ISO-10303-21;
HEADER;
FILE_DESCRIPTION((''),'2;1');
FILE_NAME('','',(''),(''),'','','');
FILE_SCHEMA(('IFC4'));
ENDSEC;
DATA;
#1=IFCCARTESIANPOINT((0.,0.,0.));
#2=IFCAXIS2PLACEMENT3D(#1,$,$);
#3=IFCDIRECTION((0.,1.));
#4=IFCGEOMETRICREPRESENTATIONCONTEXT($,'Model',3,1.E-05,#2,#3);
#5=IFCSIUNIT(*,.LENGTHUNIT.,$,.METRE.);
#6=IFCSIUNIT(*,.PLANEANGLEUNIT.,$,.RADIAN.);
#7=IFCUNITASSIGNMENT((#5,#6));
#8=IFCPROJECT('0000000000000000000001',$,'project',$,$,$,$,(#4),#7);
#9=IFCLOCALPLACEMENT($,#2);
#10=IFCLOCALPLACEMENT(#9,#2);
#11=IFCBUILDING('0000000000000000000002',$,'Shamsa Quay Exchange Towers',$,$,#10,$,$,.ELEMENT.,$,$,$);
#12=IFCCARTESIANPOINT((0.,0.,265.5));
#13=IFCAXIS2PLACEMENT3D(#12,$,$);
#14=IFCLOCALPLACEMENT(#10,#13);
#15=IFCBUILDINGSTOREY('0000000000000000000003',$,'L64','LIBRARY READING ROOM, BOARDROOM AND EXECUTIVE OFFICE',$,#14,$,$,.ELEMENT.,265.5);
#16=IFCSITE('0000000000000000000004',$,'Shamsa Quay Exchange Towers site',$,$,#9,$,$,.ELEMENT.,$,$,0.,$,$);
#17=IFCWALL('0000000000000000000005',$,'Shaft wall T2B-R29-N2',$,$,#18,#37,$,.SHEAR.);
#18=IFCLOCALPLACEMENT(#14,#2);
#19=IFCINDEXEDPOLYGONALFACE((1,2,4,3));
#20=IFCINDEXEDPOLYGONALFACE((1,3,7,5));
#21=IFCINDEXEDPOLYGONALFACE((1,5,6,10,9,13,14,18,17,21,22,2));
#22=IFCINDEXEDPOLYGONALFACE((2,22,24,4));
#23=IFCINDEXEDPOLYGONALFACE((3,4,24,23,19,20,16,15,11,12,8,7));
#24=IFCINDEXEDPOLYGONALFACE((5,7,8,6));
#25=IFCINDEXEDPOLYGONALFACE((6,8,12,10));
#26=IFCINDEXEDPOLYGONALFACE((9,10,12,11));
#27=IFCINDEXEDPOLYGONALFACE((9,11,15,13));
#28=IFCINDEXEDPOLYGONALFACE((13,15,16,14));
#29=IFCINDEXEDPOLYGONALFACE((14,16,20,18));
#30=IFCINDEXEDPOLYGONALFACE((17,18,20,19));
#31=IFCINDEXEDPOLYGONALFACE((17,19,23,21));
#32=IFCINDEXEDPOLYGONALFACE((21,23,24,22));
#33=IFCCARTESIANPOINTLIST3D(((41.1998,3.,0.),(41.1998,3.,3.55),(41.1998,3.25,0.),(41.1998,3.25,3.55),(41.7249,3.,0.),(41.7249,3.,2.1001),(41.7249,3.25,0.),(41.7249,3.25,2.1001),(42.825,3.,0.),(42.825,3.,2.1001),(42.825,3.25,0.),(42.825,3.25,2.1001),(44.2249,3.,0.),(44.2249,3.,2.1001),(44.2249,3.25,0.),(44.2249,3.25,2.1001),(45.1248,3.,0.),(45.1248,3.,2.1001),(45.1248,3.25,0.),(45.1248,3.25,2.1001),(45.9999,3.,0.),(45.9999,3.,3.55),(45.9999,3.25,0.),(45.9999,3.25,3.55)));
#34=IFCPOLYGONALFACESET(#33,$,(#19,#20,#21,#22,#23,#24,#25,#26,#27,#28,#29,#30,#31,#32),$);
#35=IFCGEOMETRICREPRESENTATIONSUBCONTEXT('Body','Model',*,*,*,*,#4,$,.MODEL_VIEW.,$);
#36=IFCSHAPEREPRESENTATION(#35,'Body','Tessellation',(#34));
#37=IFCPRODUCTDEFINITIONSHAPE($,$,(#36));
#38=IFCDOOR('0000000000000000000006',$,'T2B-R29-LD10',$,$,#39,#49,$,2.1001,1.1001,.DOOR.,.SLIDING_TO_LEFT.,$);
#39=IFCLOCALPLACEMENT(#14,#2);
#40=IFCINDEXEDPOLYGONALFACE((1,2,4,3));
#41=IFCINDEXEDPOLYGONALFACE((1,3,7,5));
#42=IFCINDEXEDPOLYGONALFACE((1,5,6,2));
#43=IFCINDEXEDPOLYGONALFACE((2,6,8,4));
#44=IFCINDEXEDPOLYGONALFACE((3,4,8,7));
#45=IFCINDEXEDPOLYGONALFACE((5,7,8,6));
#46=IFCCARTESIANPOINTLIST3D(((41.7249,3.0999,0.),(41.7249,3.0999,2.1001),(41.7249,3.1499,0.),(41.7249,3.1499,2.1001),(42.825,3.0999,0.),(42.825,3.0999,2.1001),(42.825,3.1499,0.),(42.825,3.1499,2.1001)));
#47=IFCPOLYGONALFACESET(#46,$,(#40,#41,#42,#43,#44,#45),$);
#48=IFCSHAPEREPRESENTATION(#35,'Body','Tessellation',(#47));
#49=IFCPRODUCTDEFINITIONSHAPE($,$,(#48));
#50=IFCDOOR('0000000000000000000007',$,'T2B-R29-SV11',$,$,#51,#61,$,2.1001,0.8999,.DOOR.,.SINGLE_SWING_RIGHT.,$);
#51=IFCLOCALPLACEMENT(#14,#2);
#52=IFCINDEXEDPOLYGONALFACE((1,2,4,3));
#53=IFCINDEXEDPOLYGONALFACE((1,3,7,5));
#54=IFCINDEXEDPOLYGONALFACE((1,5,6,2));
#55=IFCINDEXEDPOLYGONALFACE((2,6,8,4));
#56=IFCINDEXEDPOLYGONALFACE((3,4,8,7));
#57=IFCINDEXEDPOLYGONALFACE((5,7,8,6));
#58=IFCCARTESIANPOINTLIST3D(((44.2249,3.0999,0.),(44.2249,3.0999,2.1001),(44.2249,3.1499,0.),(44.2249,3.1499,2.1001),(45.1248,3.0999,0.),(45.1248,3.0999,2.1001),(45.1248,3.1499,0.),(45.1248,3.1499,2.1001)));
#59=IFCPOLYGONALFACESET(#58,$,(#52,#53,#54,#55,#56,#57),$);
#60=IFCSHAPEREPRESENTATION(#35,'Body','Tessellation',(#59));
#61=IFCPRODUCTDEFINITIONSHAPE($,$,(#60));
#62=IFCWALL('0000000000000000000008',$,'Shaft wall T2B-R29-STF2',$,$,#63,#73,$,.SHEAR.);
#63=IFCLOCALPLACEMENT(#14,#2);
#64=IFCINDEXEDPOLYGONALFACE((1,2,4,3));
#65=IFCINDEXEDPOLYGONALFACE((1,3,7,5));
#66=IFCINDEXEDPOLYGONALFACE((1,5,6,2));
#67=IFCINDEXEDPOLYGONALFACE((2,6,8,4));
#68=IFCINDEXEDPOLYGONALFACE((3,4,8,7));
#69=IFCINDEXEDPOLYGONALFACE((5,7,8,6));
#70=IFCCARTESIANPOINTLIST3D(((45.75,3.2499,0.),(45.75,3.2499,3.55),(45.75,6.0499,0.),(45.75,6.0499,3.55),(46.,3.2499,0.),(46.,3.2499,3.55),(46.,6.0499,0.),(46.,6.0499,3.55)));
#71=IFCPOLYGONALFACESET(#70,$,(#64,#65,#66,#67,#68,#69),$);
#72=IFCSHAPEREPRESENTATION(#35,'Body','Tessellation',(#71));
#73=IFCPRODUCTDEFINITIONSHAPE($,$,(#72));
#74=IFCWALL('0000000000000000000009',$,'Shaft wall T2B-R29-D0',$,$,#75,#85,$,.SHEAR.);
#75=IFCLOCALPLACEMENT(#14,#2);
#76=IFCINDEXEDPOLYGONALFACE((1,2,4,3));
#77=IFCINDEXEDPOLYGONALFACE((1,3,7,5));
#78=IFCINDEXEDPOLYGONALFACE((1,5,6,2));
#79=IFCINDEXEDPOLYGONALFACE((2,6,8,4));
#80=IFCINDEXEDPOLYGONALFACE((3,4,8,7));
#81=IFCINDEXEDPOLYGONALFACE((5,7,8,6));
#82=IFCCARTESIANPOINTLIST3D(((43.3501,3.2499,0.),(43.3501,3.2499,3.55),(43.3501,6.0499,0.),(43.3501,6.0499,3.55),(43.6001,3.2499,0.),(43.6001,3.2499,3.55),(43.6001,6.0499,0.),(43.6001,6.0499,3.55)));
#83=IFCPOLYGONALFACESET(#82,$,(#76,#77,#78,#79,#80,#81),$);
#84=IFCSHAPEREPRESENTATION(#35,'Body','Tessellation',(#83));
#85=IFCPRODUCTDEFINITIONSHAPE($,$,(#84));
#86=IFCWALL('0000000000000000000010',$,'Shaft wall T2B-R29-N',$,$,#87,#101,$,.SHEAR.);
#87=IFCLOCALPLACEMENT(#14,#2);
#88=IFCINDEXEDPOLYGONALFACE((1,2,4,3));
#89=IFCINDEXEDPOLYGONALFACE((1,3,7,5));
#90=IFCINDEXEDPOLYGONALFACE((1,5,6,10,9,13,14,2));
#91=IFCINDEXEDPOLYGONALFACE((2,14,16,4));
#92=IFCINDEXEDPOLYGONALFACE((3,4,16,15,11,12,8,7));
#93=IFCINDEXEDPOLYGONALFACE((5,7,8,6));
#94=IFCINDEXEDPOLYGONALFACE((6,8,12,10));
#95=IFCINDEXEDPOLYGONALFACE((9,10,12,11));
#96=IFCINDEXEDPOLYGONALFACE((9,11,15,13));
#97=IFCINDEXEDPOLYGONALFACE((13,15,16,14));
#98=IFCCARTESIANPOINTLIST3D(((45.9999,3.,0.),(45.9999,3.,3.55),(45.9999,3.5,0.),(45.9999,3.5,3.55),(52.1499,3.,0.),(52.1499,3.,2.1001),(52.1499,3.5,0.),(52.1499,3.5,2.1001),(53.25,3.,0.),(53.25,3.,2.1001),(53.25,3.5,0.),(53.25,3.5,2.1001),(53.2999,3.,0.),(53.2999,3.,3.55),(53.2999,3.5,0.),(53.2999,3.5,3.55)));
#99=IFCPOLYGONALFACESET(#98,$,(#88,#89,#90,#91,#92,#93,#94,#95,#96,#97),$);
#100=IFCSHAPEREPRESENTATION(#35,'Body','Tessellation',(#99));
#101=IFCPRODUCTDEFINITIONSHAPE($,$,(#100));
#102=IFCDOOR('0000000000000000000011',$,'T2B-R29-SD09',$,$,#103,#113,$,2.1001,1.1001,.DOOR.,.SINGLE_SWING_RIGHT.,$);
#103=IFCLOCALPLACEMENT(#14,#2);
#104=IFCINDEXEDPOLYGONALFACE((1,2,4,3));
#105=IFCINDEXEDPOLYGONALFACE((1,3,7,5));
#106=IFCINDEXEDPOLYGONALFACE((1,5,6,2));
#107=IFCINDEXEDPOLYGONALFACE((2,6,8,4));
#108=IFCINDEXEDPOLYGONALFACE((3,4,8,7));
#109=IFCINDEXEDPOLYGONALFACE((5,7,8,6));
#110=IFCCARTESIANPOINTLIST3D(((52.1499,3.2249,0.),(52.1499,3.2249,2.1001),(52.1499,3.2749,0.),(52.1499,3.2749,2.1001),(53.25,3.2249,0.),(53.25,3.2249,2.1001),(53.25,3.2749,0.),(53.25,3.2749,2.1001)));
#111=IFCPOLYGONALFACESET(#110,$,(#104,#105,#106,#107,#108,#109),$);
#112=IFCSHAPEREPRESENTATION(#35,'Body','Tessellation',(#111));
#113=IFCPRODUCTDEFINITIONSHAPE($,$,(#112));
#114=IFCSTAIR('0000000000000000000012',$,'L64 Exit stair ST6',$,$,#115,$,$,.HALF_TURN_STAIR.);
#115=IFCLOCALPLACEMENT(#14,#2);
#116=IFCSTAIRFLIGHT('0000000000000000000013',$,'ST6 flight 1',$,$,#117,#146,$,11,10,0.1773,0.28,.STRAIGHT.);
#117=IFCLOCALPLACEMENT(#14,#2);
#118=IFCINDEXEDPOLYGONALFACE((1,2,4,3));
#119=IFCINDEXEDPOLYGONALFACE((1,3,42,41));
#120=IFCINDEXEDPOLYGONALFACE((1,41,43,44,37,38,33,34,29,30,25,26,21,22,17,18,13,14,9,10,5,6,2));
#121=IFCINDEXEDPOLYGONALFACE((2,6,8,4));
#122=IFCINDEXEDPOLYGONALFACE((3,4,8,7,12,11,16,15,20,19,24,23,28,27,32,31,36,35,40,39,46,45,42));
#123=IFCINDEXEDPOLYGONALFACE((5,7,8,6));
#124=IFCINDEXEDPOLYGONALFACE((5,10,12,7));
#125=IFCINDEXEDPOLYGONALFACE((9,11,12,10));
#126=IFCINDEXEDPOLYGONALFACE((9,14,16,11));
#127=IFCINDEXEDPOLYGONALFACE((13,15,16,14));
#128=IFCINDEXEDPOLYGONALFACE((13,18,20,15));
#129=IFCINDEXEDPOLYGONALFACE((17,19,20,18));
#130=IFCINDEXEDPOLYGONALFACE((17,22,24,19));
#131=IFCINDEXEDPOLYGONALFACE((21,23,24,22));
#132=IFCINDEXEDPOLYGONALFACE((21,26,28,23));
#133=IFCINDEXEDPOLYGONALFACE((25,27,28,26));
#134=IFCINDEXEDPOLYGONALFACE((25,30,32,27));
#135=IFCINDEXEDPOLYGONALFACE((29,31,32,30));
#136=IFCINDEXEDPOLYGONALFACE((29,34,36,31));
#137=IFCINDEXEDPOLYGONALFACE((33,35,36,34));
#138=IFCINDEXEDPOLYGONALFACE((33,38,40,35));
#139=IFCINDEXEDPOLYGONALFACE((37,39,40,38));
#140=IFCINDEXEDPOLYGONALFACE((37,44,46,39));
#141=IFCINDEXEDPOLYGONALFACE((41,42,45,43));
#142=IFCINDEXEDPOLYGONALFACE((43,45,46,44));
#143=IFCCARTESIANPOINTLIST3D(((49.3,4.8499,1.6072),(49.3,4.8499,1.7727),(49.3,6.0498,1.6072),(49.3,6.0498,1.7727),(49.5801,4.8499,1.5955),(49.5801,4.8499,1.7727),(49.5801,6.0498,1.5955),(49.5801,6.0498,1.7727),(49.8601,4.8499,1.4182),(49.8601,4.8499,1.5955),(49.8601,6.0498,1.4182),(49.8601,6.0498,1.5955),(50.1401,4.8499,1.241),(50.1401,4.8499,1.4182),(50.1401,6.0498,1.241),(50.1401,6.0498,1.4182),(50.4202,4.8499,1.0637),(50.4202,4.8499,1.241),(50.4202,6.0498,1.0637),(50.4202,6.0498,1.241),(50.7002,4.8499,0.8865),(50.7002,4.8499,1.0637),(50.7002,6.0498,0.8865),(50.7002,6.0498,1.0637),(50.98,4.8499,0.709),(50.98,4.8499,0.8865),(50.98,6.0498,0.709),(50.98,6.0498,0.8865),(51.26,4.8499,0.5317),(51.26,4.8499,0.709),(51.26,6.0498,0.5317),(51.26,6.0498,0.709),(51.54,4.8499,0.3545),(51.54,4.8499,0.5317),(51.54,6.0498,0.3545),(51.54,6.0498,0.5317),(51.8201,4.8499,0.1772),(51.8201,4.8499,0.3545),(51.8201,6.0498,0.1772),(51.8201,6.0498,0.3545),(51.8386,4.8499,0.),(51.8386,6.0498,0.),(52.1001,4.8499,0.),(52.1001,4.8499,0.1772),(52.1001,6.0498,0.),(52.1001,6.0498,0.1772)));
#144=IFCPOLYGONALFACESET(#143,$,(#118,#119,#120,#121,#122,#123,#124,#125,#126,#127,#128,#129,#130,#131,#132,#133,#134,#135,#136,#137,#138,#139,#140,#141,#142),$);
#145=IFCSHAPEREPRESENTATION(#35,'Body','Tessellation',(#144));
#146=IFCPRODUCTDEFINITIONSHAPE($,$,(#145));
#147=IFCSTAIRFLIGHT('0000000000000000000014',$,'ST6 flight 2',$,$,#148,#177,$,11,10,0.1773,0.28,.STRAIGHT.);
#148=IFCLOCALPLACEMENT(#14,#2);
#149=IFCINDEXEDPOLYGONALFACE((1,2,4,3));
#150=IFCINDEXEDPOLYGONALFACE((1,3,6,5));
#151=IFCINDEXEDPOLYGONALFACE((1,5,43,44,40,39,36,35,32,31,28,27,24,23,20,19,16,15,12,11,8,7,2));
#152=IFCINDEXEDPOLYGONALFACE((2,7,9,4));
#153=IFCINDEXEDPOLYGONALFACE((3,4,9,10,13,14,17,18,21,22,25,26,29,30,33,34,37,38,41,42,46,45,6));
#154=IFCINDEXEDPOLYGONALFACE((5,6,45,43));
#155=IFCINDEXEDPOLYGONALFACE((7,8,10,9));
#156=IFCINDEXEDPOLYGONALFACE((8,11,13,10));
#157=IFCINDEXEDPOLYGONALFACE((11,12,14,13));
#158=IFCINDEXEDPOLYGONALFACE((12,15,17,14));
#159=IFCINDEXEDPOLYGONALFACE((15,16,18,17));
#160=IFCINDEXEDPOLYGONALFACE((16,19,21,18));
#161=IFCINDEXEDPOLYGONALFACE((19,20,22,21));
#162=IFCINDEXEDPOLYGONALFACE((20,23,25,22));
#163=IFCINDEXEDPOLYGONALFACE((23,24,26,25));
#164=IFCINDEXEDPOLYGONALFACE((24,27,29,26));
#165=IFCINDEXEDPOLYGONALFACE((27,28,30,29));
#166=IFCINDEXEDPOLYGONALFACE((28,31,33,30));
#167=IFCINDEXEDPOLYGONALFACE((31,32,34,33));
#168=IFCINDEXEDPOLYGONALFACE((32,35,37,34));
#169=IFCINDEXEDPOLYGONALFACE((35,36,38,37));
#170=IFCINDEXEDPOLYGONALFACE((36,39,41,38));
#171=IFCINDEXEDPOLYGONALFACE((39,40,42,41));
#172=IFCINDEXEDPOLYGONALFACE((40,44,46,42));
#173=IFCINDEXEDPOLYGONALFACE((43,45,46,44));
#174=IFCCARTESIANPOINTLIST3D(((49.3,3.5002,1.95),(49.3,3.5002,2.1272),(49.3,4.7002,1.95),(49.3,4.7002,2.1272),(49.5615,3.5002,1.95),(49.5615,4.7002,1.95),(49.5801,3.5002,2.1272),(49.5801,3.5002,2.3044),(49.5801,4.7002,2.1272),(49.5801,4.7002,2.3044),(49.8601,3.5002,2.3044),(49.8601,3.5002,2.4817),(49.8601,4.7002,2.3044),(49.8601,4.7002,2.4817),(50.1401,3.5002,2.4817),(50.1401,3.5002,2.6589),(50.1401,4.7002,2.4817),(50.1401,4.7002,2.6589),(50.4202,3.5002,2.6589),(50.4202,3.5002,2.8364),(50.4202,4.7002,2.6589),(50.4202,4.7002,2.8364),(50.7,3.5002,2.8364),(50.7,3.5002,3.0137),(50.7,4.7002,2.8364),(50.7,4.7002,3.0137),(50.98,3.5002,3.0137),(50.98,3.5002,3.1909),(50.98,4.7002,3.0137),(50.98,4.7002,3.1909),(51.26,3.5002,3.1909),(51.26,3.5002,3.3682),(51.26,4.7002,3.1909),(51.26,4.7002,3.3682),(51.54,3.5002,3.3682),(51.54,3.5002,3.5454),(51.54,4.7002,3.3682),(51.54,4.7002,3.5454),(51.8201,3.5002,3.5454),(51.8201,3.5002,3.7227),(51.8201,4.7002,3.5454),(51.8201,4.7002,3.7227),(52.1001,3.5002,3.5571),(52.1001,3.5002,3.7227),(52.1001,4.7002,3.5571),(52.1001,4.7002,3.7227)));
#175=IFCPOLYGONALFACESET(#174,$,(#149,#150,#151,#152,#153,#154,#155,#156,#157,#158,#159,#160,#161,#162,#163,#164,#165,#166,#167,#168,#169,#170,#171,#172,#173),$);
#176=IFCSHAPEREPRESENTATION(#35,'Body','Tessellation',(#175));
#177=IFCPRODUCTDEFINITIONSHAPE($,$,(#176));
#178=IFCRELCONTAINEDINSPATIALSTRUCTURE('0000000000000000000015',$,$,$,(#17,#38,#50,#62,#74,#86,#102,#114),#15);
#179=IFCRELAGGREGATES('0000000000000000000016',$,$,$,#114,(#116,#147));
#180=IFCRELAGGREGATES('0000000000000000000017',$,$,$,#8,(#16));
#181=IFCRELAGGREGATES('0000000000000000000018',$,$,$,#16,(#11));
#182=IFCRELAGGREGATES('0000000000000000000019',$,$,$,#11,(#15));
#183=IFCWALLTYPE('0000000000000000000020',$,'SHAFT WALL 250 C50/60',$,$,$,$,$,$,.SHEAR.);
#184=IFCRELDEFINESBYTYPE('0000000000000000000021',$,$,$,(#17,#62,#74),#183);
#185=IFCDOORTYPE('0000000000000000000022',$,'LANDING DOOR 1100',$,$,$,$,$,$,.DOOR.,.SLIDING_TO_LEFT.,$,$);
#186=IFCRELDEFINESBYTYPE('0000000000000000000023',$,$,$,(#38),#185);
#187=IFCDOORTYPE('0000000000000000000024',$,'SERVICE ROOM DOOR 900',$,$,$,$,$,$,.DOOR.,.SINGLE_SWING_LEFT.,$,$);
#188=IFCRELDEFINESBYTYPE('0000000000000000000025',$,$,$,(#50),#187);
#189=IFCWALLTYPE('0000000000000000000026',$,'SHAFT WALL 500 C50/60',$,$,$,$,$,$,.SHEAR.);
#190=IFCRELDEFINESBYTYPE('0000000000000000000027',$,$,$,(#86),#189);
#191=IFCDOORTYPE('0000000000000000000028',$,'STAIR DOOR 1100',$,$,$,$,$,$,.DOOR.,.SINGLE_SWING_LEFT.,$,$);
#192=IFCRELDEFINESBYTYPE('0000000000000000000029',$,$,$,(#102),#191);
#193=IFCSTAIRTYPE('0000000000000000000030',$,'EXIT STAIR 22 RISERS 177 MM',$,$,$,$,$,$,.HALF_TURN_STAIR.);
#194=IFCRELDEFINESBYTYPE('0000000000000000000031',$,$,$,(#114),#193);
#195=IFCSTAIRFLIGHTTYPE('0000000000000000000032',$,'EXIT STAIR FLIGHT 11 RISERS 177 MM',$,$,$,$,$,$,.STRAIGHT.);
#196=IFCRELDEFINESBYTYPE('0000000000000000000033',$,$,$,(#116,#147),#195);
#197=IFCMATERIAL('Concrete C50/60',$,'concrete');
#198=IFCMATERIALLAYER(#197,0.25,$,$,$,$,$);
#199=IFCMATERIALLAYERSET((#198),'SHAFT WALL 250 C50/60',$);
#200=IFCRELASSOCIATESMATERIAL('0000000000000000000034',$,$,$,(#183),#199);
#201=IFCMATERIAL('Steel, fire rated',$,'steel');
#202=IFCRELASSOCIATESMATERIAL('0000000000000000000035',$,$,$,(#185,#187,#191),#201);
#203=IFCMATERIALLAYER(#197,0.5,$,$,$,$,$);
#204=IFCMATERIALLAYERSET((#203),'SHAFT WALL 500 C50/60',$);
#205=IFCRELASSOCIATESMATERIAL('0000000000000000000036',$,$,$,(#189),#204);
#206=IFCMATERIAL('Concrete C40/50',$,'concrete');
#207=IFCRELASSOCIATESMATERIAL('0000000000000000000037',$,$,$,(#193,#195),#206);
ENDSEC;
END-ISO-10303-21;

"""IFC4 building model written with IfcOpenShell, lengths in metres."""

from ifc_helpers import new_model, si_unit, direction, frame, frame_2d, origin, place, context, subcontext, project, spatial, polyline, rectangle, outline, extrude, material, layer, layer_set, type_object, element, fill, aggregate, save


model = new_model("IFC4")

# Units and contexts
model_context = context("Model", 3, precision=1e-05, world=origin(), true_north=direction((0.0, 1.0)))
body_context = subcontext(model_context, "Body", "Model", "MODEL_VIEW")
ifc_project = project(units=[si_unit("LENGTHUNIT", "METRE"), si_unit("PLANEANGLEUNIT", "RADIAN")], contexts=[model_context])

# Site, building, storey
site_placement = place(None, origin())
site = spatial("IfcSite", under=ifc_project, at=site_placement, Name="Shamsa Quay Exchange Towers site", CompositionType="ELEMENT", RefElevation=0.0)
building_placement = place(site_placement, origin())
building = spatial("IfcBuilding", under=site, at=building_placement, Name="Shamsa Quay Exchange Towers", CompositionType="ELEMENT")
storey_placement = place(building_placement, frame((0.0, 0.0, 265.5)))
storey = spatial("IfcBuildingStorey", under=building, at=storey_placement, Name="L64", Description="LIBRARY READING ROOM, BOARDROOM AND EXECUTIVE OFFICE", CompositionType="ELEMENT", Elevation=265.5)

# Wall, openings, doors
ifc_material_1 = material(Name="Concrete C50/60", Category="concrete")
ifc_layer_1 = layer(ifc_material_1, 0.25)
ifc_layer_set_1 = layer_set([ifc_layer_1], Name="SHAFT WALL 250 C50/60")
wall_type_1 = type_object("IfcWallType", Name="SHAFT WALL 250 C50/60", PredefinedType="SHEAR", material=ifc_layer_set_1)
wall_1_placement = place(storey_placement, frame((41.2, 3.125, 0.0)))
wall_1 = element("IfcWall", 1, at=wall_1_placement, inside=storey, type_object=wall_type_1, Name="Shaft wall T2B-R29-N2", PredefinedType="SHEAR", context=body_context, shape_type="SweptSolid", body=[
    extrude(rectangle(XDim=4.8, YDim=0.25, at=frame_2d((2.3999, 0.0))), origin(), (0.0, 0.0, 1.0), 3.55),
])
opening_1_placement = place(wall_1_placement, frame((0.5249, 0.0, 0.0)))
opening_1 = element("IfcOpeningElement", 2, at=opening_1_placement, cuts=wall_1, PredefinedType="OPENING", context=body_context, shape_type="SweptSolid", body=[
    extrude(rectangle(XDim=1.1001, YDim=2.1001, at=frame_2d((0.55, 1.05))), frame((0.0, 0.135, 0.0), z_axis=(0.0, -1.0, 0.0), x_axis=(1.0, 0.0, 0.0)), (0.0, 0.0, 1.0), 0.27),
])
opening_2_placement = place(wall_1_placement, frame((3.0249, 0.0, 0.0)))
opening_2 = element("IfcOpeningElement", 3, at=opening_2_placement, cuts=wall_1, PredefinedType="OPENING", context=body_context, shape_type="SweptSolid", body=[
    extrude(rectangle(XDim=0.8999, YDim=2.1001, at=frame_2d((0.45, 1.05))), frame((0.0, 0.135, 0.0), z_axis=(0.0, -1.0, 0.0), x_axis=(1.0, 0.0, 0.0)), (0.0, 0.0, 1.0), 0.27),
])
ifc_material_2 = material(Name="Steel, fire rated", Category="steel")
door_type_1 = type_object("IfcDoorType", Name="LANDING DOOR 1100", OperationType="SLIDING_TO_LEFT", PredefinedType="DOOR", material=ifc_material_2)
door_1_placement = place(opening_1_placement, origin())
door_1 = element("IfcDoor", 4, at=door_1_placement, inside=storey, type_object=door_type_1, Name="T2B-R29-LD10", OperationType="SLIDING_TO_LEFT", OverallHeight=2.1001, OverallWidth=1.1001, PredefinedType="DOOR", context=body_context, shape_type="SweptSolid", body=[
    extrude(rectangle(XDim=1.1001, YDim=2.1001, at=frame_2d((0.55, 1.05))), frame((0.0, 0.0249, 0.0), z_axis=(0.0, -1.0, 0.0), x_axis=(1.0, 0.0, 0.0)), (0.0, 0.0, 1.0), 0.05),
])
fill(opening_1, door_1)
door_type_2 = type_object("IfcDoorType", Name="SERVICE ROOM DOOR 900", OperationType="SINGLE_SWING_LEFT", PredefinedType="DOOR", material=ifc_material_2)
door_2_placement = place(opening_2_placement, origin())
door_2 = element("IfcDoor", 5, at=door_2_placement, inside=storey, type_object=door_type_2, Name="T2B-R29-SV11", OperationType="SINGLE_SWING_RIGHT", OverallHeight=2.1001, OverallWidth=0.8999, PredefinedType="DOOR", context=body_context, shape_type="SweptSolid", body=[
    extrude(rectangle(XDim=0.8999, YDim=2.1001, at=frame_2d((0.45, 1.05))), frame((0.0, 0.0249, 0.0), z_axis=(0.0, -1.0, 0.0), x_axis=(1.0, 0.0, 0.0)), (0.0, 0.0, 1.0), 0.05),
])
fill(opening_2, door_2)

# Walls
for number, where, z_axis, x_axis, name in (
    (6, (45.875, 3.25, 0.0), (0.0, 0.0, 1.0), (0.0, 1.0, 0.0), "Shaft wall T2B-R29-STF2"),
    (7, (43.4751, 3.25, 0.0), (0.0, 0.0, 1.0), (0.0, 1.0, 0.0), "Shaft wall T2B-R29-D0"),
):
    element("IfcWall", number, at=place(storey_placement, frame(where, z_axis=z_axis, x_axis=x_axis)), inside=storey, type_object=wall_type_1, Name=name, PredefinedType="SHEAR", context=body_context, shape_type="SweptSolid", body=[
        extrude(rectangle(XDim=2.8, YDim=0.25, at=frame_2d((1.3999, 0.0))), origin(), (0.0, 0.0, 1.0), 3.55),
    ])

# Wall, opening, door
ifc_layer_2 = layer(ifc_material_1, 0.5)
ifc_layer_set_2 = layer_set([ifc_layer_2], Name="SHAFT WALL 500 C50/60")
wall_type_2 = type_object("IfcWallType", Name="SHAFT WALL 500 C50/60", PredefinedType="SHEAR", material=ifc_layer_set_2)
wall_2_placement = place(storey_placement, frame((46.0, 3.25, 0.0)))
wall_2 = element("IfcWall", 8, at=wall_2_placement, inside=storey, type_object=wall_type_2, Name="Shaft wall T2B-R29-N", PredefinedType="SHEAR", context=body_context, shape_type="SweptSolid", body=[
    extrude(rectangle(XDim=7.3, YDim=0.5, at=frame_2d((3.6499, 0.0))), origin(), (0.0, 0.0, 1.0), 3.55),
])
opening_3_placement = place(wall_2_placement, frame((6.1499, 0.0, 0.0)))
opening_3 = element("IfcOpeningElement", 9, at=opening_3_placement, cuts=wall_2, PredefinedType="OPENING", context=body_context, shape_type="SweptSolid", body=[
    extrude(rectangle(XDim=1.1001, YDim=2.1001, at=frame_2d((0.55, 1.05))), frame((0.0, 0.26, 0.0), z_axis=(0.0, -1.0, 0.0), x_axis=(1.0, 0.0, 0.0)), (0.0, 0.0, 1.0), 0.52),
])
door_type_3 = type_object("IfcDoorType", Name="STAIR DOOR 1100", OperationType="SINGLE_SWING_LEFT", PredefinedType="DOOR", material=ifc_material_2)
door_3_placement = place(opening_3_placement, origin())
door_3 = element("IfcDoor", 10, at=door_3_placement, inside=storey, type_object=door_type_3, Name="T2B-R29-SD09", OperationType="SINGLE_SWING_RIGHT", OverallHeight=2.1001, OverallWidth=1.1001, PredefinedType="DOOR", context=body_context, shape_type="SweptSolid", body=[
    extrude(rectangle(XDim=1.1001, YDim=2.1001, at=frame_2d((0.55, 1.05))), frame((0.0, 0.0249, 0.0), z_axis=(0.0, -1.0, 0.0), x_axis=(1.0, 0.0, 0.0)), (0.0, 0.0, 1.0), 0.05),
])
fill(opening_3, door_3)

# Stair, stair flights
ifc_material_3 = material(Name="Concrete C40/50", Category="concrete")
stair_type = type_object("IfcStairType", Name="EXIT STAIR 22 RISERS 177 MM", PredefinedType="HALF_TURN_STAIR", material=ifc_material_3)
stair_placement = place(storey_placement, origin())
stair = element("IfcStair", 11, at=stair_placement, inside=storey, type_object=stair_type, Name="L64 Exit stair ST6", PredefinedType="HALF_TURN_STAIR")
stair_flight_type = type_object("IfcStairFlightType", Name="EXIT STAIR FLIGHT 11 RISERS 177 MM", PredefinedType="STRAIGHT", material=ifc_material_3)
stair_flight_1_placement = place(storey_placement, frame((52.1001, 5.45, 0.0), z_axis=(0.0, 0.0, 1.0), x_axis=(-1.0, 0.0, 0.0)))
stair_flight_1 = element("IfcStairFlight", 12, at=stair_flight_1_placement, type_object=stair_flight_type, Name="ST6 flight 1", NumberOfRisers=11, NumberOfTreads=10, PredefinedType="STRAIGHT", RiserHeight=0.1773, TreadLength=0.28, context=body_context, shape_type="SweptSolid", body=[
    extrude(outline(polyline([(0.0, 0.0), (0.0, 0.1772), (0.28, 0.1772), (0.28, 0.3545), (0.5601, 0.3545), (0.5601, 0.5317), (0.8401, 0.5317), (0.8401, 0.709), (1.1201, 0.709), (1.1201, 0.8865), (1.3999, 0.8865), (1.3999, 1.0637), (1.6799, 1.0637), (1.6799, 1.241), (1.96, 1.241), (1.96, 1.4182), (2.24, 1.4182), (2.24, 1.5955), (2.52, 1.5955), (2.52, 1.7727), (2.8, 1.7727), (2.8, 1.95), (2.8, 1.6072), (0.2615, 0.0), (0.0, 0.0)])), frame((0.0, 0.6001, 0.0), z_axis=(0.0, -1.0, 0.0), x_axis=(1.0, 0.0, 0.0)), (0.0, 0.0, 1.0), 1.2),
])
stair_flight_2_placement = place(storey_placement, frame((49.3, 4.1001, 1.95)))
stair_flight_2 = element("IfcStairFlight", 13, at=stair_flight_2_placement, type_object=stair_flight_type, Name="ST6 flight 2", NumberOfRisers=11, NumberOfTreads=10, PredefinedType="STRAIGHT", RiserHeight=0.1773, TreadLength=0.28, context=body_context, shape_type="SweptSolid", body=[
    extrude(outline(polyline([(0.0, 0.0), (0.0, 0.1772), (0.28, 0.1772), (0.28, 0.3545), (0.5601, 0.3545), (0.5601, 0.5317), (0.8401, 0.5317), (0.8401, 0.709), (1.1201, 0.709), (1.1201, 0.8865), (1.3999, 0.8865), (1.3999, 1.0637), (1.6799, 1.0637), (1.6799, 1.241), (1.96, 1.241), (1.96, 1.4182), (2.24, 1.4182), (2.24, 1.5955), (2.52, 1.5955), (2.52, 1.7727), (2.8, 1.7727), (2.8, 1.95), (2.8, 1.6072), (0.2615, 0.0), (0.0, 0.0)])), frame((0.0, 0.6001, 0.0), z_axis=(0.0, -1.0, 0.0), x_axis=(1.0, 0.0, 0.0)), (0.0, 0.0, 1.0), 1.2),
])
aggregate(stair, [stair_flight_1, stair_flight_2])

save(model, "model.ifc")
